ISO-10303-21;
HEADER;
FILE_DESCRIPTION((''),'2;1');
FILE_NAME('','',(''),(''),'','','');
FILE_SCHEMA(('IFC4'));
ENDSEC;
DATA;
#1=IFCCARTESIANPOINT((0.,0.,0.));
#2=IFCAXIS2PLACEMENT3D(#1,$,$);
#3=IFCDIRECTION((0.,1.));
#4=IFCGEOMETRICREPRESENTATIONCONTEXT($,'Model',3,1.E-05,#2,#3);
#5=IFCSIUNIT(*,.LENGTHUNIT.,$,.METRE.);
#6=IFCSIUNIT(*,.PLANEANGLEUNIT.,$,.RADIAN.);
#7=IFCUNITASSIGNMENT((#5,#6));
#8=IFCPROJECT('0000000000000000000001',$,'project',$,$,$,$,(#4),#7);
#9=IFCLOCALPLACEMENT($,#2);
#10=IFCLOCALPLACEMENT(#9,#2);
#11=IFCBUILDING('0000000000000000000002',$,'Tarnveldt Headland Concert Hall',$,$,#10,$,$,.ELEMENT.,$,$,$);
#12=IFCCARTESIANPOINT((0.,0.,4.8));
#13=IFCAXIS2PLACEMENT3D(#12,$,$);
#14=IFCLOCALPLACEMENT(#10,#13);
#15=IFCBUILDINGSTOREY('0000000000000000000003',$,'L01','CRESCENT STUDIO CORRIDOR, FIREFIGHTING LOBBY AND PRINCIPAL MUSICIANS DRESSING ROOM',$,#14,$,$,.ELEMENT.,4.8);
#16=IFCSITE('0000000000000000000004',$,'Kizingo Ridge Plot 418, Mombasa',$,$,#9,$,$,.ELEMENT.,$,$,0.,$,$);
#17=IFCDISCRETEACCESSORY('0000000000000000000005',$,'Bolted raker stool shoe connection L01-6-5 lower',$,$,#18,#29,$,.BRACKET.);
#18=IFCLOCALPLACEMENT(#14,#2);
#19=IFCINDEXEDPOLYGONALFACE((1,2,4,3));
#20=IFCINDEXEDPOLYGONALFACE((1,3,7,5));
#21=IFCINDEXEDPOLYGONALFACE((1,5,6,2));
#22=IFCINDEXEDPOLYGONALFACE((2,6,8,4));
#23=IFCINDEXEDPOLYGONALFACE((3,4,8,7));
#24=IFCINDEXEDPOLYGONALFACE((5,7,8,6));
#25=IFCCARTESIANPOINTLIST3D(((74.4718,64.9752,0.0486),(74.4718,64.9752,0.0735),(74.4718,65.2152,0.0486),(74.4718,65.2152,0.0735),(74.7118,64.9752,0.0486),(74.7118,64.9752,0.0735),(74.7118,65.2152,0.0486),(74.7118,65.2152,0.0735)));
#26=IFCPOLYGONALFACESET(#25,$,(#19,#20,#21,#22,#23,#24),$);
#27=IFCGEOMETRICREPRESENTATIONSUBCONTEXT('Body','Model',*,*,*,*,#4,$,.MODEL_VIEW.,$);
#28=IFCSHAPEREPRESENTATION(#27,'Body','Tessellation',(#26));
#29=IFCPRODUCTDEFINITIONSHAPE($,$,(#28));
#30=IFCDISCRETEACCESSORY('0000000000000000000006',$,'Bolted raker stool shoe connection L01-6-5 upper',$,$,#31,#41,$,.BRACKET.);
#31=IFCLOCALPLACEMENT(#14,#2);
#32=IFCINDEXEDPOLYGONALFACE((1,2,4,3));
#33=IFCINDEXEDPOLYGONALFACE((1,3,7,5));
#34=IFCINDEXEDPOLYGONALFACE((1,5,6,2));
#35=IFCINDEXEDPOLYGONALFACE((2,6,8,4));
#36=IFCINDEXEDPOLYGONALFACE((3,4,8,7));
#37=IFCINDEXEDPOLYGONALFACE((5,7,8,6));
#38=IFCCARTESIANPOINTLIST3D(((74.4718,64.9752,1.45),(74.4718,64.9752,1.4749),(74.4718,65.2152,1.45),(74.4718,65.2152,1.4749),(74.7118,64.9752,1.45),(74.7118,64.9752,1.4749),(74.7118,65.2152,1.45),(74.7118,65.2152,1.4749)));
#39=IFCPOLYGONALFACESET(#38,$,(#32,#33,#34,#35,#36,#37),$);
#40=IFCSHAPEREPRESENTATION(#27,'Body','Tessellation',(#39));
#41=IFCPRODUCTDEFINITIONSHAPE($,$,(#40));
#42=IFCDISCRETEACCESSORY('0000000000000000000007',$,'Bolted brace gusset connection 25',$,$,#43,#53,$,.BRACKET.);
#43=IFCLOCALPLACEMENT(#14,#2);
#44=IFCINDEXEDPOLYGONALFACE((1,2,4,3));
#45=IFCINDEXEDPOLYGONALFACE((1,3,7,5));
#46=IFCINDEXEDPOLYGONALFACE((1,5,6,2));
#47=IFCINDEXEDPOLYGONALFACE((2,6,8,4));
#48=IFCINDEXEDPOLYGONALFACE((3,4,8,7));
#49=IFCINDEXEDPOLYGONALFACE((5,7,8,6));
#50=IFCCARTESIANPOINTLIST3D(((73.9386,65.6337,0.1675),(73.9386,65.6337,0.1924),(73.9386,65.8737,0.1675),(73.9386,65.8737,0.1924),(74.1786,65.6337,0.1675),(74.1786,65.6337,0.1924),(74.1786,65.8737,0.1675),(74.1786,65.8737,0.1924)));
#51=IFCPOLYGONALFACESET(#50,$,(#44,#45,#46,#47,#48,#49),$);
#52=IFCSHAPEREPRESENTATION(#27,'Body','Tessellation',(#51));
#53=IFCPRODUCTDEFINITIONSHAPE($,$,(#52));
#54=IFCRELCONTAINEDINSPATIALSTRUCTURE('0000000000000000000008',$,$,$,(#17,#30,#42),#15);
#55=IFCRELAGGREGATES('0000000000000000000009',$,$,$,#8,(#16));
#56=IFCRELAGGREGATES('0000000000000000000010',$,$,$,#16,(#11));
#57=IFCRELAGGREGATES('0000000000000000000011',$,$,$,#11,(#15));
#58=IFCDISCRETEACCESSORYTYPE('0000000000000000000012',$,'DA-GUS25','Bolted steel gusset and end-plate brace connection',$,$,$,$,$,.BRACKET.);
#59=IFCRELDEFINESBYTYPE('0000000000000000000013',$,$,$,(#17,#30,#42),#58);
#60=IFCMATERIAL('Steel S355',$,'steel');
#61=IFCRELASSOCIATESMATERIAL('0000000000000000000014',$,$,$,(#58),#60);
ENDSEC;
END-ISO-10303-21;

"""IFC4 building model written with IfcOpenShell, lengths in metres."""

from ifc_helpers import new_model, si_unit, direction, frame, origin, origin_2d, place, context, subcontext, project, spatial, rectangle, extrude, material, type_object, element, save


model = new_model("IFC4")

# Units and contexts
model_context = context("Model", 3, precision=1e-05, world=origin(), true_north=direction((0.0, 1.0)))
body_context = subcontext(model_context, "Body", "Model", "MODEL_VIEW")
ifc_project = project(units=[si_unit("LENGTHUNIT", "METRE"), si_unit("PLANEANGLEUNIT", "RADIAN")], contexts=[model_context])

# Site, building, storey
site_placement = place(None, origin())
site = spatial("IfcSite", under=ifc_project, at=site_placement, Name="Kizingo Ridge Plot 418, Mombasa", CompositionType="ELEMENT", RefElevation=0.0)
building_placement = place(site_placement, origin())
building = spatial("IfcBuilding", under=site, at=building_placement, Name="Tarnveldt Headland Concert Hall", CompositionType="ELEMENT")
storey_placement = place(building_placement, frame((0.0, 0.0, 4.8)))
storey = spatial("IfcBuildingStorey", under=building, at=storey_placement, Name="L01", Description="CRESCENT STUDIO CORRIDOR, FIREFIGHTING LOBBY AND PRINCIPAL MUSICIANS DRESSING ROOM", CompositionType="ELEMENT", Elevation=4.8)

# Shared definitions
ifc_material_1 = material(Name="Steel S355", Category="steel")

# Discrete accessories
discrete_accessory_type = type_object("IfcDiscreteAccessoryType", Name="DA-GUS25", Description="Bolted steel gusset and end-plate brace connection", PredefinedType="BRACKET", material=ifc_material_1)
for number, where, z_axis, x_axis, name in (
    (1, (74.5918, 65.0952, 0.0486), (0.0, 0.0, 1.0), (1.0, 0.0, 0.0), "Bolted raker stool shoe connection L01-6-5 lower"),
    (2, (74.5918, 65.0952, 1.45), (0.0, 0.0, 1.0), (1.0, 0.0, 0.0), "Bolted raker stool shoe connection L01-6-5 upper"),
    (3, (74.0586, 65.7537, 0.1675), (0.0, 0.0, 1.0), (1.0, 0.0, 0.0), "Bolted brace gusset connection 25"),
):
    element("IfcDiscreteAccessory", number, at=place(storey_placement, frame(where, z_axis=z_axis, x_axis=x_axis)), inside=storey, type_object=discrete_accessory_type, Name=name, PredefinedType="BRACKET", context=body_context, shape_type="SweptSolid", body=[
        extrude(rectangle(XDim=0.24, YDim=0.24, at=origin_2d()), origin(), (0.0, 0.0, 1.0), 0.0249),
    ])

save(model, "model.ifc")
